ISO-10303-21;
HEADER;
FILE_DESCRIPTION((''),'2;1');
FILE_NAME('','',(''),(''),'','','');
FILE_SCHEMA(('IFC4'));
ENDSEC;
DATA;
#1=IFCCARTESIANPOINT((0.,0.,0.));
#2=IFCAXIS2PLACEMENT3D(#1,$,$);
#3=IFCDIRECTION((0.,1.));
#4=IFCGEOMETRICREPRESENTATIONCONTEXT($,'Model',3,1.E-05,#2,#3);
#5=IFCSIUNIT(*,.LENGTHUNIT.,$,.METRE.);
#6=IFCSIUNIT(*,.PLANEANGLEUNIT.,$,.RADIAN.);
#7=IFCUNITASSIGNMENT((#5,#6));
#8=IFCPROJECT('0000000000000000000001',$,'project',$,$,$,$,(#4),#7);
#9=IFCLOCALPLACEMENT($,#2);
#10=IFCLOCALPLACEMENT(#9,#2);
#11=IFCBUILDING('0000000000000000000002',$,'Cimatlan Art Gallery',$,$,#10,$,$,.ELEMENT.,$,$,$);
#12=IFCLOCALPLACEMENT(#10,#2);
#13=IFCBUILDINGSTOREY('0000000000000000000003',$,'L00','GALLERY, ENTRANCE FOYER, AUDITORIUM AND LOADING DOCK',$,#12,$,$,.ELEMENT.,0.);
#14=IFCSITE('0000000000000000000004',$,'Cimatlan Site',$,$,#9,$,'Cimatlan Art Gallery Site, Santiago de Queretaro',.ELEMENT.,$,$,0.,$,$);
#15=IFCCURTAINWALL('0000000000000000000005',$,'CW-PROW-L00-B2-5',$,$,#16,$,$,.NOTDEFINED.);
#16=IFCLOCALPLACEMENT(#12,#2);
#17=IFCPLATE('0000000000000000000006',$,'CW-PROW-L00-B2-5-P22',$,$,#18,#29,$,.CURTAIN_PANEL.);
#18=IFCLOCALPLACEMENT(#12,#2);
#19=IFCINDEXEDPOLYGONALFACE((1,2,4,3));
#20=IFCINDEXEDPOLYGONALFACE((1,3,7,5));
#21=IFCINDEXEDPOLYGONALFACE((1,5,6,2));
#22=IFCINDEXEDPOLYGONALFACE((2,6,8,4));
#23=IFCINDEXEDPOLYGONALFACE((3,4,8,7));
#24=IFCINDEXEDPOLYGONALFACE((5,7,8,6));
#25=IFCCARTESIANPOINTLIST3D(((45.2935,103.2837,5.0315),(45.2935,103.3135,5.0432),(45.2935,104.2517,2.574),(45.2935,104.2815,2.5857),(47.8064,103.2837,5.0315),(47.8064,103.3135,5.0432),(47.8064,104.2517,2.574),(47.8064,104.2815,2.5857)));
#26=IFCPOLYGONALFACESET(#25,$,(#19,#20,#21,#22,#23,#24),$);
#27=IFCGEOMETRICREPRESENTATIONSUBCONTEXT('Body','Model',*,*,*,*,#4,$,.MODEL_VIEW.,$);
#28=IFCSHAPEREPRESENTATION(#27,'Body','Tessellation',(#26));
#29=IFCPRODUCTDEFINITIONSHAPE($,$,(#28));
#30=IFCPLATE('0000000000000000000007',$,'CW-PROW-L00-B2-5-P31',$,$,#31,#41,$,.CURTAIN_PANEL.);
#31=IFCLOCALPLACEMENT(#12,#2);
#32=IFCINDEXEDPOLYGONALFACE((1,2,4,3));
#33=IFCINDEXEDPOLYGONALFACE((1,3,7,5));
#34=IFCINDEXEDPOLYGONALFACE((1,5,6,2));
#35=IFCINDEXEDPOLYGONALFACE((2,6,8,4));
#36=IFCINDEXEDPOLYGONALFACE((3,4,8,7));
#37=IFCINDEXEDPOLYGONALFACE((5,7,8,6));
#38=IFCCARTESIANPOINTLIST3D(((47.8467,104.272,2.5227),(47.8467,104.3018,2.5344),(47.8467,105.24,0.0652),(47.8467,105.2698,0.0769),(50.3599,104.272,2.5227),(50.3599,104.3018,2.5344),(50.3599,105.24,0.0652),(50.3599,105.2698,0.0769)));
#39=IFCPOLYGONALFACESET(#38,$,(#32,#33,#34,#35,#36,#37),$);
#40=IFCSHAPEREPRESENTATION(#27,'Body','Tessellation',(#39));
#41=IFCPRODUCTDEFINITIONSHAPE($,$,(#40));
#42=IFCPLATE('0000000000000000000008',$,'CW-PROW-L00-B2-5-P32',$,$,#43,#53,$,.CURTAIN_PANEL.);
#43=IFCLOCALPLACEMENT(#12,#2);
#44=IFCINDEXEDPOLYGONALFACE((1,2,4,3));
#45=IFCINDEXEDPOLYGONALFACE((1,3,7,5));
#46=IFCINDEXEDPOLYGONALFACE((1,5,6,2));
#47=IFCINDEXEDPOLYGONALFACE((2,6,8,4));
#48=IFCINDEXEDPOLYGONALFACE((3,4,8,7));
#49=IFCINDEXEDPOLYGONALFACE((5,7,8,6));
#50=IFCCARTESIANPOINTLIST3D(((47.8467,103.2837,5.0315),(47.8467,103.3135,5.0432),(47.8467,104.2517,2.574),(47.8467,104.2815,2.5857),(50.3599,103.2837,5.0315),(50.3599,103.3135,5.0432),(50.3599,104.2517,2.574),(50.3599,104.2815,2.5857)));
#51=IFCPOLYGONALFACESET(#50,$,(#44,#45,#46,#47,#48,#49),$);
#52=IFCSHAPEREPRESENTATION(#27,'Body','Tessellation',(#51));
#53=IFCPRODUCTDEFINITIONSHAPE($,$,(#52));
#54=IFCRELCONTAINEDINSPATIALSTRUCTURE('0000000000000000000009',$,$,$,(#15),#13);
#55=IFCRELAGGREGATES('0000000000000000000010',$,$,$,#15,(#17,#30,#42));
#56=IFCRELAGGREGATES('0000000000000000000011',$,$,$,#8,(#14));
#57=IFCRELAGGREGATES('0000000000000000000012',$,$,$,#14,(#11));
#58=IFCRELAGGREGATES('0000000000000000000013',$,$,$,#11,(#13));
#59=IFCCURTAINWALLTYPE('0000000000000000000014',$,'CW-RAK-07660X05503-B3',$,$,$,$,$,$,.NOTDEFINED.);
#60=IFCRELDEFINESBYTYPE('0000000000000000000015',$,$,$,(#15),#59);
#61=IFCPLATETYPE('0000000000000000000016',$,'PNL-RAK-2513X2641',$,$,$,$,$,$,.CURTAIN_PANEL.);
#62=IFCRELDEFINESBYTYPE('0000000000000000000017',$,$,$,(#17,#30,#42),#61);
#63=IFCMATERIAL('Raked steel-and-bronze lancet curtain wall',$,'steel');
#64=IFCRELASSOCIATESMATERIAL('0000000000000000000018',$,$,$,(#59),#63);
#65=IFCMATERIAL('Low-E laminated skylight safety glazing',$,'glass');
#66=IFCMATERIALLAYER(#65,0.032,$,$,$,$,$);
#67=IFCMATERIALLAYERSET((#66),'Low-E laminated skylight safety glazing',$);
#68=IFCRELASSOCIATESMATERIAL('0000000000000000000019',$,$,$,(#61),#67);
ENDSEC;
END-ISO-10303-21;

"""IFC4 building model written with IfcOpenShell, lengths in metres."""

from ifc_helpers import new_model, si_unit, direction, frame, origin, place, context, subcontext, project, spatial, polyline, outline, extrude, material, layer, layer_set, type_object, element, aggregate, save


model = new_model("IFC4")

# Units and contexts
model_context = context("Model", 3, precision=1e-05, world=origin(), true_north=direction((0.0, 1.0)))
body_context = subcontext(model_context, "Body", "Model", "MODEL_VIEW")
ifc_project = project(units=[si_unit("LENGTHUNIT", "METRE"), si_unit("PLANEANGLEUNIT", "RADIAN")], contexts=[model_context])

# Site, building, storey
site_placement = place(None, origin())
site = spatial("IfcSite", under=ifc_project, at=site_placement, Name="Cimatlan Site", LongName="Cimatlan Art Gallery Site, Santiago de Queretaro", CompositionType="ELEMENT", RefElevation=0.0)
building_placement = place(site_placement, origin())
building = spatial("IfcBuilding", under=site, at=building_placement, Name="Cimatlan Art Gallery", CompositionType="ELEMENT")
storey_placement = place(building_placement, origin())
storey = spatial("IfcBuildingStorey", under=building, at=storey_placement, Name="L00", Description="GALLERY, ENTRANCE FOYER, AUDITORIUM AND LOADING DOCK", CompositionType="ELEMENT", Elevation=0.0)

# Curtain wall
ifc_material_1 = material(Name="Raked steel-and-bronze lancet curtain wall", Category="steel")
curtain_wall_type = type_object("IfcCurtainWallType", Name="CW-RAK-07660X05503-B3", PredefinedType="NOTDEFINED", material=ifc_material_1)
curtain_wall_placement = place(storey_placement, origin())
curtain_wall = element("IfcCurtainWall", 1, at=curtain_wall_placement, inside=storey, type_object=curtain_wall_type, Name="CW-PROW-L00-B2-5", PredefinedType="NOTDEFINED")

# Plates
ifc_material_2 = material(Name="Low-E laminated skylight safety glazing", Category="glass")
ifc_layer = layer(ifc_material_2, 0.032)
ifc_layer_set = layer_set([ifc_layer], Name="Low-E laminated skylight safety glazing")
plate_type = type_object("IfcPlateType", Name="PNL-RAK-2513X2641", PredefinedType="CURTAIN_PANEL", material=ifc_layer_set)
plate_1_placement = place(storey_placement, frame((45.2935, 104.2815, 2.5857), z_axis=(0.0, 0.930421, 0.366493), x_axis=(1.0, 0.0, 0.0)))
plate_1 = element("IfcPlate", 2, at=plate_1_placement, type_object=plate_type, Name="CW-PROW-L00-B2-5-P22", PredefinedType="CURTAIN_PANEL", context=body_context, shape_type="SweptSolid", body=[
    extrude(outline(polyline([(0.0, 0.0), (2.5129, 0.0), (2.5129, -2.6413), (0.0, -2.6413), (0.0, 0.0)])), origin(), (0.0, 0.0, -1.0), 0.032),
])
plate_2_placement = place(storey_placement, frame((47.8467, 105.2698, 0.0769), z_axis=(0.0, 0.930421, 0.366493), x_axis=(1.0, 0.0, 0.0)))
plate_2 = element("IfcPlate", 3, at=plate_2_placement, type_object=plate_type, Name="CW-PROW-L00-B2-5-P31", PredefinedType="CURTAIN_PANEL", context=body_context, shape_type="SweptSolid", body=[
    extrude(outline(polyline([(0.0, 0.0), (2.5132, 0.0), (2.5132, -2.6413), (0.0, -2.6413), (0.0, 0.0)])), origin(), (0.0, 0.0, -1.0), 0.032),
])
plate_3_placement = place(storey_placement, frame((47.8467, 104.2815, 2.5857), z_axis=(0.0, 0.930421, 0.366493), x_axis=(1.0, 0.0, 0.0)))
plate_3 = element("IfcPlate", 4, at=plate_3_placement, type_object=plate_type, Name="CW-PROW-L00-B2-5-P32", PredefinedType="CURTAIN_PANEL", context=body_context, shape_type="SweptSolid", body=[
    extrude(outline(polyline([(0.0, 0.0), (2.5132, 0.0), (2.5132, -2.6413), (0.0, -2.6413), (0.0, 0.0)])), origin(), (0.0, 0.0, -1.0), 0.032),
])
aggregate(curtain_wall, [plate_1, plate_2, plate_3])

save(model, "model.ifc")
